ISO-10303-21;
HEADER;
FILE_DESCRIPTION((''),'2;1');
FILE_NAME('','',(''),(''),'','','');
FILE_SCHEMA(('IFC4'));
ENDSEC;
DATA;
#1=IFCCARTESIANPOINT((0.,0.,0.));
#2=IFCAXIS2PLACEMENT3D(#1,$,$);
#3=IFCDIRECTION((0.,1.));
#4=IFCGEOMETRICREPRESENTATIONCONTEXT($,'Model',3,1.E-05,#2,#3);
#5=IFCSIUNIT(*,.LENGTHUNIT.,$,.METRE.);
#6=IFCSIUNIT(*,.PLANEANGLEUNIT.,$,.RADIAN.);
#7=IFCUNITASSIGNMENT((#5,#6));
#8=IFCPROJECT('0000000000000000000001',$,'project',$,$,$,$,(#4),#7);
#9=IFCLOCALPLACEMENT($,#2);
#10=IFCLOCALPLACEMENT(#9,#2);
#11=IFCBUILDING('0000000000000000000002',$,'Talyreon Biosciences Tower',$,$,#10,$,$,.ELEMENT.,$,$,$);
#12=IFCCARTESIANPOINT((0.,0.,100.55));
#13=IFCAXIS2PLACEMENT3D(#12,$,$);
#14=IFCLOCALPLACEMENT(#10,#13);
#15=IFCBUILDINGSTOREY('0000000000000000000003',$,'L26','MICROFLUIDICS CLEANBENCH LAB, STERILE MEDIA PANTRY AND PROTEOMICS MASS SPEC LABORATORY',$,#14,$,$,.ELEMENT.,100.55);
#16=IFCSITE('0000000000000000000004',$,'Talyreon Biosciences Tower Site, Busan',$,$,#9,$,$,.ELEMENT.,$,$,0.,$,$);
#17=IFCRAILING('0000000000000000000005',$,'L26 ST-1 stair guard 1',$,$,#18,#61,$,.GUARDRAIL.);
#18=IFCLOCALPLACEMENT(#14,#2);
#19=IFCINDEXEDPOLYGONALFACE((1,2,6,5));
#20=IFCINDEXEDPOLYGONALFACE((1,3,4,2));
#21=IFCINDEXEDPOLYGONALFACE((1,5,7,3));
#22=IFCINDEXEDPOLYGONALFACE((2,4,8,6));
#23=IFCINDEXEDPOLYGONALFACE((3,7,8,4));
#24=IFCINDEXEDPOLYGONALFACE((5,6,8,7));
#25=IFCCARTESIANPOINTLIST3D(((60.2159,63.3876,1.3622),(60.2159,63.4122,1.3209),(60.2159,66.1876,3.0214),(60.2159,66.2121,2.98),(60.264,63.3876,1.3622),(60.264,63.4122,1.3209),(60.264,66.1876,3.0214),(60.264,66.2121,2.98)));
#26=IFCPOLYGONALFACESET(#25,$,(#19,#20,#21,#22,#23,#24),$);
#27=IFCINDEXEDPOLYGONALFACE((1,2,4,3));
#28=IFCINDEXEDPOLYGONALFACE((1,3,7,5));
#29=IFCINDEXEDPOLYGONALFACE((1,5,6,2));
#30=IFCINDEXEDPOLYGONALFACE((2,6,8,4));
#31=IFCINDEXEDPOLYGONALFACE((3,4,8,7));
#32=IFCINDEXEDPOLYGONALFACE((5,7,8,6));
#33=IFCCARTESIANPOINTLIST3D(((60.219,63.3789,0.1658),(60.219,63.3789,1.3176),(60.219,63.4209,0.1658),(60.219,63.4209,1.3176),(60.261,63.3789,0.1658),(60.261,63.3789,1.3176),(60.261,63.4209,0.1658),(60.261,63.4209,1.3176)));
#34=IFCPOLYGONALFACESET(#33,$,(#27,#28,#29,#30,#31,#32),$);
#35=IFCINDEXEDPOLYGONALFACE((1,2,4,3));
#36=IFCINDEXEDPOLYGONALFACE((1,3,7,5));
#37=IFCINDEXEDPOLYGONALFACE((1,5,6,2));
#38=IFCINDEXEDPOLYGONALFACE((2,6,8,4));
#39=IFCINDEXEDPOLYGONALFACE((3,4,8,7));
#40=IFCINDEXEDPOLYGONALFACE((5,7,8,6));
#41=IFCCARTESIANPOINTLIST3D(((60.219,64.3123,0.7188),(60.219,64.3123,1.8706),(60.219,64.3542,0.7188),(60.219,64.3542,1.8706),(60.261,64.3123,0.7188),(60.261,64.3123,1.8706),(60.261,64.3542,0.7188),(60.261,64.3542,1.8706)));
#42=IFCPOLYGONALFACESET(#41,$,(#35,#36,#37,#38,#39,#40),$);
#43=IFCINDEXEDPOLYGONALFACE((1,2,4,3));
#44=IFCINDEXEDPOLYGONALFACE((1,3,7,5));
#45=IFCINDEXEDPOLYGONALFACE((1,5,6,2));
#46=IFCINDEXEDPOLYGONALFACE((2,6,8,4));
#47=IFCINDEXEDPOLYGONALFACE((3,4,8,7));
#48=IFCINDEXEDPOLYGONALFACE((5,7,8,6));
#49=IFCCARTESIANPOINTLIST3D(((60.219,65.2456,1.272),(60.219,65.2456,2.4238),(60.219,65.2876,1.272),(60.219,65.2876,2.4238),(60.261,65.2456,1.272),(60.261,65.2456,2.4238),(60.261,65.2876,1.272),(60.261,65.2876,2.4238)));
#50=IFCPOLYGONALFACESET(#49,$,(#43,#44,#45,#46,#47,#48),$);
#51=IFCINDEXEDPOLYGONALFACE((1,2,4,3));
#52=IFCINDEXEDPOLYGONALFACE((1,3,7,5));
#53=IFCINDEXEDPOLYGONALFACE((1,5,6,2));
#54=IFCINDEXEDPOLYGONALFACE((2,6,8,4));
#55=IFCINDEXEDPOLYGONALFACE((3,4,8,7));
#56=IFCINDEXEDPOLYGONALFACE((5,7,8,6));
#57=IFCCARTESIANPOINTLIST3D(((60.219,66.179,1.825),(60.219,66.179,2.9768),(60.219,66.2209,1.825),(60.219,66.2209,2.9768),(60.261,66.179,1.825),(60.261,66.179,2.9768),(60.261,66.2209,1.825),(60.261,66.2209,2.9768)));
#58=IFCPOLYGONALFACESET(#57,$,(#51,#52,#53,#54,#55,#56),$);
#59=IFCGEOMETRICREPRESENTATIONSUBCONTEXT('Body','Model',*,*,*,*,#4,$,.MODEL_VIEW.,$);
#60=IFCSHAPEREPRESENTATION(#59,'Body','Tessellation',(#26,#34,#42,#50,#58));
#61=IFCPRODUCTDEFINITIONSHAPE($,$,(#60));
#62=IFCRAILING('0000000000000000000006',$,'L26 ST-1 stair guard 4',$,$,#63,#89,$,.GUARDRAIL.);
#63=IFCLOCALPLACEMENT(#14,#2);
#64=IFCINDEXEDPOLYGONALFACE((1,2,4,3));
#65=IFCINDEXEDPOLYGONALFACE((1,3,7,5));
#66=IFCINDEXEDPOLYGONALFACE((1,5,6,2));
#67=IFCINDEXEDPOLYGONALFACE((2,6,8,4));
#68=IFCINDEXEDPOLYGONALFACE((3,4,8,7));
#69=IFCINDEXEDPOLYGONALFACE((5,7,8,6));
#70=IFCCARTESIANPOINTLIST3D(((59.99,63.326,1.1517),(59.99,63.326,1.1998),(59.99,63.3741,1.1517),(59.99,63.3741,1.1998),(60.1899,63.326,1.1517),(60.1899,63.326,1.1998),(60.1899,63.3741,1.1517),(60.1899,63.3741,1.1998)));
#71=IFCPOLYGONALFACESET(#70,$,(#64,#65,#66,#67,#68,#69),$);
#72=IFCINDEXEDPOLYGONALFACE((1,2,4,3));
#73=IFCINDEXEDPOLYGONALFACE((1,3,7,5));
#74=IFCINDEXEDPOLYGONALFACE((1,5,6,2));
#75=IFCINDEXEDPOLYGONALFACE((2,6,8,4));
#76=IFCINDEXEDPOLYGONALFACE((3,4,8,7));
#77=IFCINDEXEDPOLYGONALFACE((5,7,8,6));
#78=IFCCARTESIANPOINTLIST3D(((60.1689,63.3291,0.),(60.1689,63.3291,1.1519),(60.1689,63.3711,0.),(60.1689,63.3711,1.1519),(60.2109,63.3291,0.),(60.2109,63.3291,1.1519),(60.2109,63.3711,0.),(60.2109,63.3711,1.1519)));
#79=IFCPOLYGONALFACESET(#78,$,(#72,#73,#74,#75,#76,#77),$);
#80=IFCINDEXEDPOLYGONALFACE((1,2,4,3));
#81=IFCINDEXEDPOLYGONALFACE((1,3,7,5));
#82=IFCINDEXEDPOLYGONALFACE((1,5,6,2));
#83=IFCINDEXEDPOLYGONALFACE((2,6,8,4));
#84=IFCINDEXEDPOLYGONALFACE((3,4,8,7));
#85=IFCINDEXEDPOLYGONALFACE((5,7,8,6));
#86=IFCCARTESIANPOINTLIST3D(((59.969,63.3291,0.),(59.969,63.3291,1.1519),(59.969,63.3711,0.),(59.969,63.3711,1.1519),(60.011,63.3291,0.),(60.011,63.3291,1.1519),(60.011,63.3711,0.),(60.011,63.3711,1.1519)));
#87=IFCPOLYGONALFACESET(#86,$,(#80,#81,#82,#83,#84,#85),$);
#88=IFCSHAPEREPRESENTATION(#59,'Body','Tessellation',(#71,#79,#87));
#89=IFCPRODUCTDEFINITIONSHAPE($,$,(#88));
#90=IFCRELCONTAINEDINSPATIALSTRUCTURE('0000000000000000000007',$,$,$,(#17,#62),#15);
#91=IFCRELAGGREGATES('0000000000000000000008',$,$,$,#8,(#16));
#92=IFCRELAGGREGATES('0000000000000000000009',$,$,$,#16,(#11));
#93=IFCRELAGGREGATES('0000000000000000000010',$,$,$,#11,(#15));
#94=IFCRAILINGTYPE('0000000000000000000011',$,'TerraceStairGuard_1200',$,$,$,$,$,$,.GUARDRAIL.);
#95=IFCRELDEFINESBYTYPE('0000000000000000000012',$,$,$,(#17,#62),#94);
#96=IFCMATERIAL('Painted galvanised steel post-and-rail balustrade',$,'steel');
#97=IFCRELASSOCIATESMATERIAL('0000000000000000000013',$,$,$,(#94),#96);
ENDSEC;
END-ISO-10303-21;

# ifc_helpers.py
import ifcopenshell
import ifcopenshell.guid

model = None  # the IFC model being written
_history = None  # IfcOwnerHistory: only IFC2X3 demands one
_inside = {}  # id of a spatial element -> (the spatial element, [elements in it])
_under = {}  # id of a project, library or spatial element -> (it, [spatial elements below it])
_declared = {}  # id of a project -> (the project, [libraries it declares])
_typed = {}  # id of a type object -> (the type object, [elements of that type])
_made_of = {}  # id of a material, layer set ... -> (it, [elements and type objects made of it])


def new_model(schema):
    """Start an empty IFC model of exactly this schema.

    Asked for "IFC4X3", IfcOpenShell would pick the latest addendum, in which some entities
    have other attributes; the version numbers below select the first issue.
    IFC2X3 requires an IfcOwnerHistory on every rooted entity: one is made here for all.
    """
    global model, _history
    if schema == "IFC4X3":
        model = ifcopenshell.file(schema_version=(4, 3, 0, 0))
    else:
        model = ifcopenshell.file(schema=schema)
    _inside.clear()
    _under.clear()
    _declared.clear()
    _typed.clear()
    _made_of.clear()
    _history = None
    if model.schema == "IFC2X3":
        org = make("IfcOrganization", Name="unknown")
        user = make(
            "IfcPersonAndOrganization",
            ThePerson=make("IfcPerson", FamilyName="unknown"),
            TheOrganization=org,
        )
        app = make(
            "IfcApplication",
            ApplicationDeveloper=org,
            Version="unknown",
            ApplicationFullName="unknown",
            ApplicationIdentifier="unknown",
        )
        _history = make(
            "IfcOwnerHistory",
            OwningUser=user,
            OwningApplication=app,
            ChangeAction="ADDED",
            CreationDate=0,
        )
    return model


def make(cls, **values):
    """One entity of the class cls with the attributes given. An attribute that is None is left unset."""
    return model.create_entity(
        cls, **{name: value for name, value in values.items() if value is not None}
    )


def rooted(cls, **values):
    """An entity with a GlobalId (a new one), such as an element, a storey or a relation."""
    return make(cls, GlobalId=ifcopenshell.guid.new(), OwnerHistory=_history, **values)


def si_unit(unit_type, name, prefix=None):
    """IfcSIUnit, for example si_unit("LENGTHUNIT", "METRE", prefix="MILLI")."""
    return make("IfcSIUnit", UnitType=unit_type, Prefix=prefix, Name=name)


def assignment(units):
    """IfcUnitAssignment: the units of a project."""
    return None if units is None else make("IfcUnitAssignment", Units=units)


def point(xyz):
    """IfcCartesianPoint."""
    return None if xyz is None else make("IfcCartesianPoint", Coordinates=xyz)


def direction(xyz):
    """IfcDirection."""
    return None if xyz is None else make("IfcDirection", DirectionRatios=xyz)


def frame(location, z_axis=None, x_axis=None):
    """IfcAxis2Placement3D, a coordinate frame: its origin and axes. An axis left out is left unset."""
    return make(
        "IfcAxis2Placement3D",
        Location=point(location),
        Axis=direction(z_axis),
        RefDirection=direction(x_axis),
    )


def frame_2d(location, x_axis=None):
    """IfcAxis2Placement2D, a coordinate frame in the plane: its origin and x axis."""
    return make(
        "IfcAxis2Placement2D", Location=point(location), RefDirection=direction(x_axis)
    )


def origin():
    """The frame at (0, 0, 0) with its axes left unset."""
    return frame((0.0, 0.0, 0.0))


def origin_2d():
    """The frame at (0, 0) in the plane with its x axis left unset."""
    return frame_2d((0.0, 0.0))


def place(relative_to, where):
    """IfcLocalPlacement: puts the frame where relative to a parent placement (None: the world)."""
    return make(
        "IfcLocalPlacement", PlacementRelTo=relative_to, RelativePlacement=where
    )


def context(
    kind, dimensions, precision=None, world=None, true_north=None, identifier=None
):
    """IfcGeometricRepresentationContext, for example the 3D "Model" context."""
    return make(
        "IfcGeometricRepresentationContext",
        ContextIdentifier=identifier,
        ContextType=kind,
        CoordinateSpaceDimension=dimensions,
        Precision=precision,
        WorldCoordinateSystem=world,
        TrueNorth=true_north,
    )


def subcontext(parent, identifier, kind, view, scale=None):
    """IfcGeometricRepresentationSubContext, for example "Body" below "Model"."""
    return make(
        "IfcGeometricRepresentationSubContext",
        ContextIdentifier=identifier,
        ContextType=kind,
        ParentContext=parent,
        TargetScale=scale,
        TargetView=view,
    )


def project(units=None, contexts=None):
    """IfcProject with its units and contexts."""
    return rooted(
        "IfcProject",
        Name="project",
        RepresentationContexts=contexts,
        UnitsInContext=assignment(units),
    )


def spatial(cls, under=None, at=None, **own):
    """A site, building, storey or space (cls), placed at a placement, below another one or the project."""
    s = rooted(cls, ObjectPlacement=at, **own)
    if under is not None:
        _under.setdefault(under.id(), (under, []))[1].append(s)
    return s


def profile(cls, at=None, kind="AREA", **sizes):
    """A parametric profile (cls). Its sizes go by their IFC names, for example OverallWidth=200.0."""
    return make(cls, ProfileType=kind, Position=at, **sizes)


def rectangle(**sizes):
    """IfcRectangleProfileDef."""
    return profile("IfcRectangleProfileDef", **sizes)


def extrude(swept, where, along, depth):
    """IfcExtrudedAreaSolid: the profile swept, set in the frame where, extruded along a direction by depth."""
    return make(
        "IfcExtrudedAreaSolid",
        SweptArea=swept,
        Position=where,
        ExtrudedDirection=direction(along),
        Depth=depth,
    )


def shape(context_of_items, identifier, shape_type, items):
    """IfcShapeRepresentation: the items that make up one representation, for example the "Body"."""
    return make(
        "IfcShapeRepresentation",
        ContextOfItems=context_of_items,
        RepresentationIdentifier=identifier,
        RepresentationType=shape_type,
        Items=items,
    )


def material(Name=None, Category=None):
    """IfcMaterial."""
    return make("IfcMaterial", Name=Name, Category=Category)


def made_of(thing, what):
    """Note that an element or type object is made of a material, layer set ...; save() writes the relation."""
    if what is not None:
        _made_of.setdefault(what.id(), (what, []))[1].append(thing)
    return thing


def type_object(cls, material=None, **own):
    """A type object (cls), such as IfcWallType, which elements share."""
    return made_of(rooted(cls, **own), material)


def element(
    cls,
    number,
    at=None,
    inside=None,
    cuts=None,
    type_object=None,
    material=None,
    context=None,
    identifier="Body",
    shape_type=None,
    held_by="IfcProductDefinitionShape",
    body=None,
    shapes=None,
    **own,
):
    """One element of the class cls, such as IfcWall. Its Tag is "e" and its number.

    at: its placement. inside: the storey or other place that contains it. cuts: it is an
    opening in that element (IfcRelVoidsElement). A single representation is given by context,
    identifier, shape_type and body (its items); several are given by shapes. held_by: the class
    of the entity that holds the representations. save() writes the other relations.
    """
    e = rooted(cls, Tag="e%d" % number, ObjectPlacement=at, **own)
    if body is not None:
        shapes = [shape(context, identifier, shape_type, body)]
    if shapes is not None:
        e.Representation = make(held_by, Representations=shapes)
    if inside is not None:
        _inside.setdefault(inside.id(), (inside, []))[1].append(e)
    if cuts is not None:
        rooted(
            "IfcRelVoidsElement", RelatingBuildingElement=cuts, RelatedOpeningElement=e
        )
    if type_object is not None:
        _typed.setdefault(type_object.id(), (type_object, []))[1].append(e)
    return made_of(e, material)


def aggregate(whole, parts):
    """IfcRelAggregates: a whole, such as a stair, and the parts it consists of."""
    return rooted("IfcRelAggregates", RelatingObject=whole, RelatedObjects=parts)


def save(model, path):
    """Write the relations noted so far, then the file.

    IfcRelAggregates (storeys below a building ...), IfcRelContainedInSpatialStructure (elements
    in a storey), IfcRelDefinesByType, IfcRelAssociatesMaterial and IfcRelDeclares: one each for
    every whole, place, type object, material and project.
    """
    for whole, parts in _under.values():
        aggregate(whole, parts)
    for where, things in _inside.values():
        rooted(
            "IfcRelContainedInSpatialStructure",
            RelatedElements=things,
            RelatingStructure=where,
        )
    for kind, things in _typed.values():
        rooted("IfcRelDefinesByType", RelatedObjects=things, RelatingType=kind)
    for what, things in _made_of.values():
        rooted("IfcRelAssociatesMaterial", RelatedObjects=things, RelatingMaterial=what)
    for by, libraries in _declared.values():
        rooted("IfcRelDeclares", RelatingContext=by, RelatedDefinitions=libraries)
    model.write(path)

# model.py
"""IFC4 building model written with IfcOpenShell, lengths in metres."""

from ifc_helpers import new_model, si_unit, direction, frame, origin, origin_2d, place, context, subcontext, project, spatial, rectangle, extrude, material, type_object, element, save


model = new_model("IFC4")

# Units and contexts
model_context = context("Model", 3, precision=1e-05, world=origin(), true_north=direction((0.0, 1.0)))
body_context = subcontext(model_context, "Body", "Model", "MODEL_VIEW")
ifc_project = project(units=[si_unit("LENGTHUNIT", "METRE"), si_unit("PLANEANGLEUNIT", "RADIAN")], contexts=[model_context])

# Site, building, storey
site_placement = place(None, origin())
site = spatial("IfcSite", under=ifc_project, at=site_placement, Name="Talyreon Biosciences Tower Site, Busan", CompositionType="ELEMENT", RefElevation=0.0)
building_placement = place(site_placement, origin())
building = spatial("IfcBuilding", under=site, at=building_placement, Name="Talyreon Biosciences Tower", CompositionType="ELEMENT")
storey_placement = place(building_placement, frame((0.0, 0.0, 100.55)))
storey = spatial("IfcBuildingStorey", under=building, at=storey_placement, Name="L26", Description="MICROFLUIDICS CLEANBENCH LAB, STERILE MEDIA PANTRY AND PROTEOMICS MASS SPEC LABORATORY", CompositionType="ELEMENT", Elevation=100.55)

# Railings
ifc_material_1 = material(Name="Painted galvanised steel post-and-rail balustrade", Category="steel")
railing_type = type_object("IfcRailingType", Name="TerraceStairGuard_1200", PredefinedType="GUARDRAIL", material=ifc_material_1)
railing_1_placement = place(storey_placement, frame((60.24, 63.3999, 0.1658)))
element("IfcRailing", 1, at=railing_1_placement, inside=storey, type_object=railing_type, Name="L26 ST-1 stair guard 1", PredefinedType="GUARDRAIL", context=body_context, shape_type="SweptSolid", body=[
    extrude(rectangle(XDim=0.0481, YDim=0.0481, at=origin_2d()), frame((0.0, 0.0, 1.1758), z_axis=(0.0, 0.860306, 0.509778), x_axis=(-1.0, 0.0, 0.0)), (0.0, 0.0, 1.0), 3.2546),
    extrude(rectangle(XDim=0.042, YDim=0.042, at=origin_2d()), origin(), (0.0, 0.0, 1.0), 1.1519),
    extrude(rectangle(XDim=0.042, YDim=0.042, at=origin_2d()), frame((0.0, 0.9333, 0.553)), (0.0, 0.0, 1.0), 1.1519),
    extrude(rectangle(XDim=0.042, YDim=0.042, at=origin_2d()), frame((0.0, 1.8667, 1.1062)), (0.0, 0.0, 1.0), 1.1519),
    extrude(rectangle(XDim=0.042, YDim=0.042, at=origin_2d()), frame((0.0, 2.8, 1.6592)), (0.0, 0.0, 1.0), 1.1519),
])
railing_2_placement = place(storey_placement, frame((60.1899, 63.3501, 0.0)))
element("IfcRailing", 2, at=railing_2_placement, inside=storey, type_object=railing_type, Name="L26 ST-1 stair guard 4", PredefinedType="GUARDRAIL", context=body_context, shape_type="SweptSolid", body=[
    extrude(rectangle(XDim=0.0481, YDim=0.0481, at=origin_2d()), frame((0.0, 0.0, 1.1758), z_axis=(-1.0, 0.0, 0.0), x_axis=(0.0, -1.0, 0.0)), (0.0, 0.0, 1.0), 0.2),
    extrude(rectangle(XDim=0.042, YDim=0.042, at=origin_2d()), origin(), (0.0, 0.0, 1.0), 1.1519),
    extrude(rectangle(XDim=0.042, YDim=0.042, at=origin_2d()), frame((-0.2, 0.0, 0.0)), (0.0, 0.0, 1.0), 1.1519),
])

save(model, "model.ifc")
